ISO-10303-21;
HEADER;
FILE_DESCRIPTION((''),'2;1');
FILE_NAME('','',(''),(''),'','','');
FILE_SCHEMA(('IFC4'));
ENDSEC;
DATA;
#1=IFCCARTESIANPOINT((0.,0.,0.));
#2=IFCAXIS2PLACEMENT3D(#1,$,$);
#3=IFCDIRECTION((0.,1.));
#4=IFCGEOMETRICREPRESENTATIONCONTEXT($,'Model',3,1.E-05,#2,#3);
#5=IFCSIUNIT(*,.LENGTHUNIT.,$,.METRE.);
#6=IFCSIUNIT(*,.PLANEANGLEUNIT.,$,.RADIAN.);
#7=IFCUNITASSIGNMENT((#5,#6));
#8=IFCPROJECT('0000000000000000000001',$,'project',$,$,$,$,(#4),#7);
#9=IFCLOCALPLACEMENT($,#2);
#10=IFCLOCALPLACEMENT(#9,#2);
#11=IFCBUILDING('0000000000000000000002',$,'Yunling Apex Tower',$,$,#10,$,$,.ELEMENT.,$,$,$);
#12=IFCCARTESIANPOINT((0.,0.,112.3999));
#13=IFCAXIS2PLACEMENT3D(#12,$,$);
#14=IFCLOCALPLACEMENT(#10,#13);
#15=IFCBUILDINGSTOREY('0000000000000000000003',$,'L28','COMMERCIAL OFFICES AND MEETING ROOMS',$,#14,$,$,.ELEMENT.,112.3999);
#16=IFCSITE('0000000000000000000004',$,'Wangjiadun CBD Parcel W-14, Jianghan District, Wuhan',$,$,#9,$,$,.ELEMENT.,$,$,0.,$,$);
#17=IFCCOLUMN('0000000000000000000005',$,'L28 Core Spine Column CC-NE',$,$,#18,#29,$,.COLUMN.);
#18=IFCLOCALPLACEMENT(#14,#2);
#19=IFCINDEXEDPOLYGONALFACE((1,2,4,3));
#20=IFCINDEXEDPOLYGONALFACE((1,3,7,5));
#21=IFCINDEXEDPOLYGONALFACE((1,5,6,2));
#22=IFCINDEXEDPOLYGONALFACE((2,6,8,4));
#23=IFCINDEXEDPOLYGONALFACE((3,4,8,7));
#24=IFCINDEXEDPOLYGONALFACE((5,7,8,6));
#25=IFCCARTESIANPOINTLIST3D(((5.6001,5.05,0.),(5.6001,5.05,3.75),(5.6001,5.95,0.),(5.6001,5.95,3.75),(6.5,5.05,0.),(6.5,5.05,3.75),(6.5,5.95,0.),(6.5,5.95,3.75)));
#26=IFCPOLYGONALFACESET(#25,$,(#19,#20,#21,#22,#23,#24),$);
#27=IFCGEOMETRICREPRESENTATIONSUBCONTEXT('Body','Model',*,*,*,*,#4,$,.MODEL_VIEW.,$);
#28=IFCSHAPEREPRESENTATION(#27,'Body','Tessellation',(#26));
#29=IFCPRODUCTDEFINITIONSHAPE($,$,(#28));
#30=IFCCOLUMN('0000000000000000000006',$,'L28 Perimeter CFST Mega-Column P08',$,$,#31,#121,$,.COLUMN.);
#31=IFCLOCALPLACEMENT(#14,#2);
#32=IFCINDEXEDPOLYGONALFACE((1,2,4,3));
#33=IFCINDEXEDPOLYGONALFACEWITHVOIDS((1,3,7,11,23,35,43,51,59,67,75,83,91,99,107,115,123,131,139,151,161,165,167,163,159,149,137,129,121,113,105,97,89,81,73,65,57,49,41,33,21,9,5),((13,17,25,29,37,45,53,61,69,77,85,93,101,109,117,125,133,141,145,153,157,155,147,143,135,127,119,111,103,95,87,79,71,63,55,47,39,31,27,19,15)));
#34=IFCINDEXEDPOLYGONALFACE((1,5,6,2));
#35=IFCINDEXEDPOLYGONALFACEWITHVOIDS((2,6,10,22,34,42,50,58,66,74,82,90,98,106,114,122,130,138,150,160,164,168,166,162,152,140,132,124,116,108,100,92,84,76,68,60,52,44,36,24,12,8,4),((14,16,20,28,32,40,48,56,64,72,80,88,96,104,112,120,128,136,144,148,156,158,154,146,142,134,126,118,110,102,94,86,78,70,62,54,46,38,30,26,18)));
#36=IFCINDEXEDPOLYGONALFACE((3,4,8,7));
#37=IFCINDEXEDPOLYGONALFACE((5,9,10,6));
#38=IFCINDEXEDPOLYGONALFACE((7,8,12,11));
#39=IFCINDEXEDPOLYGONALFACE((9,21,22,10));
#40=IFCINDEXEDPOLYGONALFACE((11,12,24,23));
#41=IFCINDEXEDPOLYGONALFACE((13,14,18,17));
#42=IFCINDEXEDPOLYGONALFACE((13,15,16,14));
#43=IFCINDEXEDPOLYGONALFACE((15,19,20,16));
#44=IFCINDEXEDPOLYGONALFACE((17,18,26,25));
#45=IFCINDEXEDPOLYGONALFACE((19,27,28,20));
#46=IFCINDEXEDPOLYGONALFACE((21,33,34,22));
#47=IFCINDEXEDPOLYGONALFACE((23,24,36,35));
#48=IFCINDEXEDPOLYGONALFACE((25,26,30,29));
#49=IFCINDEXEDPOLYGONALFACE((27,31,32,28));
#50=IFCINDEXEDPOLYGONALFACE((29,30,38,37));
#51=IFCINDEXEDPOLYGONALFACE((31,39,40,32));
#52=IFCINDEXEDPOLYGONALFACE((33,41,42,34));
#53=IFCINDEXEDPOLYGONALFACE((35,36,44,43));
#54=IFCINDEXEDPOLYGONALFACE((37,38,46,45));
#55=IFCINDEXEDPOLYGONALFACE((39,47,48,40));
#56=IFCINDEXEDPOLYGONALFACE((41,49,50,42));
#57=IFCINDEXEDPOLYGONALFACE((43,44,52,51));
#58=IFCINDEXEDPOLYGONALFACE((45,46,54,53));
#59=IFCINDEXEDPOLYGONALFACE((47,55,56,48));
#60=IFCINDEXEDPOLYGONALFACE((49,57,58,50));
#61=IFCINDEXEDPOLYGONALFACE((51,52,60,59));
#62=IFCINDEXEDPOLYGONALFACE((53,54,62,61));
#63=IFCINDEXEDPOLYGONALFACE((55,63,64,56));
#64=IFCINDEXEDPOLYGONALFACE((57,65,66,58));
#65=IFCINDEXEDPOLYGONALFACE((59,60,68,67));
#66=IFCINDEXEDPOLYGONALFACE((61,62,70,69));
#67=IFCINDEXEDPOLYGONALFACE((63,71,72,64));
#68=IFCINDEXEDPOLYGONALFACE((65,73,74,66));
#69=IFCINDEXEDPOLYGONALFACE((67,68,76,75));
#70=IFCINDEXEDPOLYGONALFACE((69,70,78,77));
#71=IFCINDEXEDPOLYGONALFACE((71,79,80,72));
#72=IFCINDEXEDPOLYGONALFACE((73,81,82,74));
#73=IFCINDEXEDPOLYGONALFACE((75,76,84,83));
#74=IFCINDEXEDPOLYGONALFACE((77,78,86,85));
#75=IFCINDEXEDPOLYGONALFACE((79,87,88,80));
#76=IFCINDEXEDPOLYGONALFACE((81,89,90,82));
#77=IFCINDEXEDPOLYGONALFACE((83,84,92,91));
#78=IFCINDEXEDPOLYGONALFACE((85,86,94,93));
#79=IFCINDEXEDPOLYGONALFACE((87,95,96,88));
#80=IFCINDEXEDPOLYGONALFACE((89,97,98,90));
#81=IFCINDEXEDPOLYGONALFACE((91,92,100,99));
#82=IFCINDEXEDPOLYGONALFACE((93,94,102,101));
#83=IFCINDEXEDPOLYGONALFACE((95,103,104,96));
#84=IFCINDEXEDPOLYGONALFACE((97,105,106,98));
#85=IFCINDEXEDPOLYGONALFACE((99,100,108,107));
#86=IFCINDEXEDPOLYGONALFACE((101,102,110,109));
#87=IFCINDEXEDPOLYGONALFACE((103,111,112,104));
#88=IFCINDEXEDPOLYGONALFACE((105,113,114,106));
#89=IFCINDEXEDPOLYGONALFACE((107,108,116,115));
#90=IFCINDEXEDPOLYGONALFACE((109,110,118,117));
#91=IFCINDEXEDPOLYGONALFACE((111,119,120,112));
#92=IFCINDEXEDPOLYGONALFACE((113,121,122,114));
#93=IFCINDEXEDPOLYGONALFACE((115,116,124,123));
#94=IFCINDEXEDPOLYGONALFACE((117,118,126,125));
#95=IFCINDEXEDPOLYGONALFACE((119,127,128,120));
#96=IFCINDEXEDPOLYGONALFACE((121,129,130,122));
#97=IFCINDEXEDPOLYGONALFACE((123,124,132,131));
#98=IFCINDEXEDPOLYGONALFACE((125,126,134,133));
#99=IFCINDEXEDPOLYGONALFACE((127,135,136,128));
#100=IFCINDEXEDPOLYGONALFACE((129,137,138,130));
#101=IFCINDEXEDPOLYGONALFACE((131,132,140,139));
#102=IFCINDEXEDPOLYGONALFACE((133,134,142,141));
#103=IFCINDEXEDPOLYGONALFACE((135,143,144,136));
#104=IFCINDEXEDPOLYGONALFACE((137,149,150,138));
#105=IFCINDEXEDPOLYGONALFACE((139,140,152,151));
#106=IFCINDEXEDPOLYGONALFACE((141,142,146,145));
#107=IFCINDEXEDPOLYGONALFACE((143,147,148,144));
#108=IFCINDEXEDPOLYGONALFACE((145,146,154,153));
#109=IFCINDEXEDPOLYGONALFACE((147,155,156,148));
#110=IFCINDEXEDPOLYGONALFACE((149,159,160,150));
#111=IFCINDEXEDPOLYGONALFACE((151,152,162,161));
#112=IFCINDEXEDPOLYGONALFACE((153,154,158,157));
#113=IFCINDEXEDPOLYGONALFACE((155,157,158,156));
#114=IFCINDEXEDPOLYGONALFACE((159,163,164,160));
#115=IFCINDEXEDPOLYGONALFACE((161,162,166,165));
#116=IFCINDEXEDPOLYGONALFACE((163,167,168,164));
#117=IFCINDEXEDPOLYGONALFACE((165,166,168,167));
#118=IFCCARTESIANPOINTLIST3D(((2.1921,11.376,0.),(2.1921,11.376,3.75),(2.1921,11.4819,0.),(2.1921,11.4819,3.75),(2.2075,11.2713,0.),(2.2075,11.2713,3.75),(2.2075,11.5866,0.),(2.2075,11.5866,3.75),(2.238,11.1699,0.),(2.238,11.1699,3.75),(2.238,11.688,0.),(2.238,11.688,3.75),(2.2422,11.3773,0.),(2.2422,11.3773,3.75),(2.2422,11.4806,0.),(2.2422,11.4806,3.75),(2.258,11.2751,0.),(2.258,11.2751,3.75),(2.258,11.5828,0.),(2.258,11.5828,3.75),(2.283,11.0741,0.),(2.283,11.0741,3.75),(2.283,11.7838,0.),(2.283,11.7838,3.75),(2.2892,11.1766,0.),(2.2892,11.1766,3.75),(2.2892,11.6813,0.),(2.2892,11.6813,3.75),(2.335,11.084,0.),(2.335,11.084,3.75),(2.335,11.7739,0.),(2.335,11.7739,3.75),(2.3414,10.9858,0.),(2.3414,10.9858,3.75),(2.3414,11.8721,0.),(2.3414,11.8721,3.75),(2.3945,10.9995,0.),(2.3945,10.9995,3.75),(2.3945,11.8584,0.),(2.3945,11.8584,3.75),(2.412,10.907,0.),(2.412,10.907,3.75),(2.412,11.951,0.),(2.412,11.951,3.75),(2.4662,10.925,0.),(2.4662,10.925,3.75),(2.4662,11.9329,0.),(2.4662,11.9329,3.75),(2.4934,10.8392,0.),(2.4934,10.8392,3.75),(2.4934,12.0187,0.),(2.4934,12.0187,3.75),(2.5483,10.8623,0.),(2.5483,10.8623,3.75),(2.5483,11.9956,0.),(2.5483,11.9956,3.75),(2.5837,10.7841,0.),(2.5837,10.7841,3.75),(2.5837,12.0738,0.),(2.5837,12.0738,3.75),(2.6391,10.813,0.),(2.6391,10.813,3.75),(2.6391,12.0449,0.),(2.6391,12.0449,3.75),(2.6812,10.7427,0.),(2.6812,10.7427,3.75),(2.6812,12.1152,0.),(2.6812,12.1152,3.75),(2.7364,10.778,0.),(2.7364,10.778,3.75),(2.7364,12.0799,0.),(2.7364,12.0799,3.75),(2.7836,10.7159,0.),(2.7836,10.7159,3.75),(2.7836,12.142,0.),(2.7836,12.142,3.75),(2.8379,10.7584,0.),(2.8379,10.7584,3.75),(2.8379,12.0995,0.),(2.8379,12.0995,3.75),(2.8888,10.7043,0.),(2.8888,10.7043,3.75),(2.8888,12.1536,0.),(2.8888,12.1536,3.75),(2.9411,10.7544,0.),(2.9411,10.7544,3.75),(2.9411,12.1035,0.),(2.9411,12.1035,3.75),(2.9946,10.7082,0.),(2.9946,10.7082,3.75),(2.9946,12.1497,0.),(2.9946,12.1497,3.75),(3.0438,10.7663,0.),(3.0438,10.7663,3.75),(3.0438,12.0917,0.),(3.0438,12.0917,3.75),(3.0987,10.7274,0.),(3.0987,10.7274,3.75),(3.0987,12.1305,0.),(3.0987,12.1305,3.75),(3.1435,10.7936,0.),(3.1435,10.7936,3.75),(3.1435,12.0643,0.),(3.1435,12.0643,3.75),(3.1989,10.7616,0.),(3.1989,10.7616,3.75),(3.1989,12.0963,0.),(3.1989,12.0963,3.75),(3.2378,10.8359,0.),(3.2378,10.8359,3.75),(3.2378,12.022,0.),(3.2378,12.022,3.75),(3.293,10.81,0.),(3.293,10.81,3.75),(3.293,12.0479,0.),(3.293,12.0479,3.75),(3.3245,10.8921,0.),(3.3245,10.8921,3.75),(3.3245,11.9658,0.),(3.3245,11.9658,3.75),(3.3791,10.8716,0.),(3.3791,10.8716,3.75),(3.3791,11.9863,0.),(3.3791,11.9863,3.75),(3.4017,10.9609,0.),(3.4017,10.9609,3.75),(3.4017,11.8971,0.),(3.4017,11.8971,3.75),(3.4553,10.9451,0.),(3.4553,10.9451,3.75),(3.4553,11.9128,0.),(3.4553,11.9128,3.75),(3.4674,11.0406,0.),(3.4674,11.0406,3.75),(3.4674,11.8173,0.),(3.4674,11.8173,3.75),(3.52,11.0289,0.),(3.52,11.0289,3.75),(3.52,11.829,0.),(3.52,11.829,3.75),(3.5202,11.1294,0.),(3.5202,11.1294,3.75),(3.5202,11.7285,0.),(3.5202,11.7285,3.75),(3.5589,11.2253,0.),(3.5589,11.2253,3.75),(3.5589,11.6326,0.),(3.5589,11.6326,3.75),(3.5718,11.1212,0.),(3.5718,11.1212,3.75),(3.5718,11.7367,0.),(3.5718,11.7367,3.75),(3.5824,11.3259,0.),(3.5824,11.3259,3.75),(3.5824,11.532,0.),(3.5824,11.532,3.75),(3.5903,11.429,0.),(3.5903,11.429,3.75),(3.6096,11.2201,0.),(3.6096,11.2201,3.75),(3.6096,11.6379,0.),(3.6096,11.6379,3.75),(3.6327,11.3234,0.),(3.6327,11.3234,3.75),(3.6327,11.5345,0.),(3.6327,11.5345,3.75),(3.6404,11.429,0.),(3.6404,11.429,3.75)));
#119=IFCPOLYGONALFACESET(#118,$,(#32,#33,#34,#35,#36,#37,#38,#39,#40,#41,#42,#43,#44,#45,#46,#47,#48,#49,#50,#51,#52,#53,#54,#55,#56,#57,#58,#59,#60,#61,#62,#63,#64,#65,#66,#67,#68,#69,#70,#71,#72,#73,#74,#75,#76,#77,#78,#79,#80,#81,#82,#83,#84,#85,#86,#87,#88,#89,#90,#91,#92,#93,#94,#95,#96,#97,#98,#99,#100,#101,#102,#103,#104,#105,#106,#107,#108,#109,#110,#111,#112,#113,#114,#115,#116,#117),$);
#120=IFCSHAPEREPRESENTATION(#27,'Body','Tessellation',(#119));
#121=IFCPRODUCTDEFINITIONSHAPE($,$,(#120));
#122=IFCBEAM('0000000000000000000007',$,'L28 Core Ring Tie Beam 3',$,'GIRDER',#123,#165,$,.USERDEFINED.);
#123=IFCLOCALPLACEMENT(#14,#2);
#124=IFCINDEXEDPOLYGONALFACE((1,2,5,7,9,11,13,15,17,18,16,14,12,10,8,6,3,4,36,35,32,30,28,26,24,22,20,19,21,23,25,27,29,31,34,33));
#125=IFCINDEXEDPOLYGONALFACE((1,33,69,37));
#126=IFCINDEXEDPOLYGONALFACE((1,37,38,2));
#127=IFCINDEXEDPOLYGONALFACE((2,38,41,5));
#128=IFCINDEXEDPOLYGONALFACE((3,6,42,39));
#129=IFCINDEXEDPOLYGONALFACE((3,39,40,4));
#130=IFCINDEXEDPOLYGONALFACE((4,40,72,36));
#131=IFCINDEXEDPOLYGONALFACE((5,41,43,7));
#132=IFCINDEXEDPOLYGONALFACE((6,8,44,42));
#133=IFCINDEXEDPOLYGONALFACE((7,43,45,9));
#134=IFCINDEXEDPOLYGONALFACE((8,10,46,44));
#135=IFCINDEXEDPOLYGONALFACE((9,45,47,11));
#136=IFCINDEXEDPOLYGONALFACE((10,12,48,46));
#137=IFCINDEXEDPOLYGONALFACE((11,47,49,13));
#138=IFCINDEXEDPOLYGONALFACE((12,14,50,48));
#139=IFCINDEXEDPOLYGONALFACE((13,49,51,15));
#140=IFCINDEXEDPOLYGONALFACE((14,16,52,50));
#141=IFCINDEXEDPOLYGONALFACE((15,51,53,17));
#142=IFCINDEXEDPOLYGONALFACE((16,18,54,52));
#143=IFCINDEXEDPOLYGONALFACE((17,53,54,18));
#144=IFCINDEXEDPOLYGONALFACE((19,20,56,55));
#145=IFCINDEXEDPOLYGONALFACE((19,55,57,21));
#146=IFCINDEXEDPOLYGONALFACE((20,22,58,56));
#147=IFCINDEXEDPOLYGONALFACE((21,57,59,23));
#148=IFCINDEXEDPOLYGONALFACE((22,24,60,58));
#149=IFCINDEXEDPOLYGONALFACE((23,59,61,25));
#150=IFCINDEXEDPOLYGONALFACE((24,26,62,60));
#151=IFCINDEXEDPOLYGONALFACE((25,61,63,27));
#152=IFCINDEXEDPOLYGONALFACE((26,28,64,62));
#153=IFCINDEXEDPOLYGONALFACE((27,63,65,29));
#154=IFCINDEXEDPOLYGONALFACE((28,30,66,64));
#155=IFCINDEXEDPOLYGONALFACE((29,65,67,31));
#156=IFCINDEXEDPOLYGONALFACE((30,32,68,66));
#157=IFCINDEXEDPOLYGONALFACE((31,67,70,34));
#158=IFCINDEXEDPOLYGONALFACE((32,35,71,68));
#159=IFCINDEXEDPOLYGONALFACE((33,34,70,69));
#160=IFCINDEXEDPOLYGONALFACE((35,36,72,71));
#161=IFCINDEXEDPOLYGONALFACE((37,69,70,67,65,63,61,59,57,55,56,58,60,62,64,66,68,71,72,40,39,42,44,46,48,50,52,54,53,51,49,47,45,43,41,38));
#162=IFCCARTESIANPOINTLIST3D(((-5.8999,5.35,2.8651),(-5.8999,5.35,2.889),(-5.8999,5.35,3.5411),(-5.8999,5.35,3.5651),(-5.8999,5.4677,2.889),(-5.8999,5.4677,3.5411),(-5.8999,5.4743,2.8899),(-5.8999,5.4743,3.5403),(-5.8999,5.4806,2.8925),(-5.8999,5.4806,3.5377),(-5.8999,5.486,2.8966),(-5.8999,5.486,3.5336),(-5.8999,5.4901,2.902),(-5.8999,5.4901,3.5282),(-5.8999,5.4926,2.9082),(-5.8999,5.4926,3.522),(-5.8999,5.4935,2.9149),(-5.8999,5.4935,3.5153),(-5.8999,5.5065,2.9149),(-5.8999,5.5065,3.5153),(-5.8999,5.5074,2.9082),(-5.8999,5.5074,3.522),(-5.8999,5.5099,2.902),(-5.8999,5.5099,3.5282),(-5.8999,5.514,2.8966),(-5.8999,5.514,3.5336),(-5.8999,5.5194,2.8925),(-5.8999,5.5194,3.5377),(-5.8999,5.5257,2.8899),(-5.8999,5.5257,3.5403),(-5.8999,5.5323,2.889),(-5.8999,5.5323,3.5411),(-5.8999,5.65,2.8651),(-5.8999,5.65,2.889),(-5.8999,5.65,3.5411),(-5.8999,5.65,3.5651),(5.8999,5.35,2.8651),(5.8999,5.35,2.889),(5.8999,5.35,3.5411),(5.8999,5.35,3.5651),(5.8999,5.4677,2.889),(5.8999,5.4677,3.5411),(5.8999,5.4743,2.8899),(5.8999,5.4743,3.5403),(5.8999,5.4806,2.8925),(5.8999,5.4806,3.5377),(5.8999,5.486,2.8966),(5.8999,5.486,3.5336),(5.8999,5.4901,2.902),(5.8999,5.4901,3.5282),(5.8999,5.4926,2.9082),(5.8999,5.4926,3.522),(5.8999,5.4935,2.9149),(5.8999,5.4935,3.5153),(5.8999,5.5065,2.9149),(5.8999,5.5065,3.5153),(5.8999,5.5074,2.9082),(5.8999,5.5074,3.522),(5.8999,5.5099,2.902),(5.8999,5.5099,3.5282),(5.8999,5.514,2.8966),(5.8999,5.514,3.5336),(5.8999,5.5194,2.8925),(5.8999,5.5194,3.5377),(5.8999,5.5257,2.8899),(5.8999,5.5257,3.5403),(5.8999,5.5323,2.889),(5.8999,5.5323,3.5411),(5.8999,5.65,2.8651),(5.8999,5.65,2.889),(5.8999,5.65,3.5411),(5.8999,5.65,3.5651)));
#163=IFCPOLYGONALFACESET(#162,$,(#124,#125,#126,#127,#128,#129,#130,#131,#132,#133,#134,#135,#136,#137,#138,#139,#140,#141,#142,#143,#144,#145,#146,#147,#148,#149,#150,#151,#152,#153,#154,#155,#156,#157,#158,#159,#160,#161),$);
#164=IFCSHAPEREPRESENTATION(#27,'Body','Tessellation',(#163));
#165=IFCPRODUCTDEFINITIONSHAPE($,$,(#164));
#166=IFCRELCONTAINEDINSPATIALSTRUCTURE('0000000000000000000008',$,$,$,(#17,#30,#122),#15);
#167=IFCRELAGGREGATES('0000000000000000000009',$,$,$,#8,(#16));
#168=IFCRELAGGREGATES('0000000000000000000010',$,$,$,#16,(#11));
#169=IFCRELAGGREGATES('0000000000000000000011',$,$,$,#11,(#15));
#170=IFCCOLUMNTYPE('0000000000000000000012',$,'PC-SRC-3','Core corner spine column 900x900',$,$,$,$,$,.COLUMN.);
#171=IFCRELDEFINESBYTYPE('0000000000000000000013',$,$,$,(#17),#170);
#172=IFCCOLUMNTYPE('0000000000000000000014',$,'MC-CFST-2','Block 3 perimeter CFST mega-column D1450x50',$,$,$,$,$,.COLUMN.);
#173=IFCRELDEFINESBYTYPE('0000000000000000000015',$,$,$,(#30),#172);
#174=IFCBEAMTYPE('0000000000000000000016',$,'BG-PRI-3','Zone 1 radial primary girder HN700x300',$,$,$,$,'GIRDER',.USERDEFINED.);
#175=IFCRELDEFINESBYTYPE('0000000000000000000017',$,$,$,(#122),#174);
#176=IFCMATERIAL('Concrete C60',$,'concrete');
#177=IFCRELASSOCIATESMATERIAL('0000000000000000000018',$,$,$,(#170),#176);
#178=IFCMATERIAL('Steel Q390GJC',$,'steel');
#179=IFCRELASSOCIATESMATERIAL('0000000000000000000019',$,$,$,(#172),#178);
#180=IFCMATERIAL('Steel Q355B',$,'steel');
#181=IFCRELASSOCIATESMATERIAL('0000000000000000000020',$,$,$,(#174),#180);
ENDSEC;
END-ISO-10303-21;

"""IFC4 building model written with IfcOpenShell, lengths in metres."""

from ifc_helpers import new_model, si_unit, direction, frame, origin, origin_2d, place, context, subcontext, project, spatial, rectangle, hollow_circle, i_section, extrude, source, transform, mapped, material, material_profile, profile_set, type_object, element, save


model = new_model("IFC4")

# Units and contexts
model_context = context("Model", 3, precision=1e-05, world=origin(), true_north=direction((0.0, 1.0)))
body_context = subcontext(model_context, "Body", "Model", "MODEL_VIEW")
ifc_project = project(units=[si_unit("LENGTHUNIT", "METRE"), si_unit("PLANEANGLEUNIT", "RADIAN")], contexts=[model_context])

# Site, building, storey
site_placement = place(None, origin())
site = spatial("IfcSite", under=ifc_project, at=site_placement, Name="Wangjiadun CBD Parcel W-14, Jianghan District, Wuhan", CompositionType="ELEMENT", RefElevation=0.0)
building_placement = place(site_placement, origin())
building = spatial("IfcBuilding", under=site, at=building_placement, Name="Yunling Apex Tower", CompositionType="ELEMENT")
storey_placement = place(building_placement, frame((0.0, 0.0, 112.3999)))
storey = spatial("IfcBuildingStorey", under=building, at=storey_placement, Name="L28", Description="COMMERCIAL OFFICES AND MEETING ROOMS", CompositionType="ELEMENT", Elevation=112.3999)

# Columns
ifc_material_1 = material(Name="Concrete C60", Category="concrete")
ifc_material_profile_1 = material_profile(ifc_material_1, rectangle(XDim=0.8999, YDim=0.8999, at=origin_2d()))
ifc_profile_set_1 = profile_set([ifc_material_profile_1], Name="Concrete C60")
column_type_1 = type_object("IfcColumnType", Name="PC-SRC-3", Description="Core corner spine column 900x900", PredefinedType="COLUMN", material=ifc_profile_set_1)
shared_shape_1 = source(origin(), body_context, "Body", "SweptSolid", [
    extrude(rectangle(XDim=0.8999, YDim=0.8999, at=origin_2d()), origin(), (0.0, 0.0, 1.0), 3.75),
])
column_1_placement = place(storey_placement, frame((6.05, 5.5, 0.0), z_axis=(0.0, 0.0, 1.0), x_axis=(1.0, 0.0, 0.0)))
element("IfcColumn", 1, at=column_1_placement, inside=storey, type_object=column_type_1, Name="L28 Core Spine Column CC-NE", PredefinedType="COLUMN", context=body_context, shape_type="MappedRepresentation", body=[
    mapped(shared_shape_1, transform((0.0, 0.0, 0.0), scale=1.0)),
])
ifc_material_2 = material(Name="Steel Q390GJC", Category="steel")
ifc_material_profile_2 = material_profile(ifc_material_2, hollow_circle(Radius=0.7251, WallThickness=0.05, at=origin_2d()))
ifc_profile_set_2 = profile_set([ifc_material_profile_2], Name="Steel Q390GJC")
column_type_2 = type_object("IfcColumnType", Name="MC-CFST-2", Description="Block 3 perimeter CFST mega-column D1450x50", PredefinedType="COLUMN", material=ifc_profile_set_2)
shared_shape_2 = source(origin(), body_context, "Body", "SweptSolid", [
    extrude(hollow_circle(Radius=0.7251, WallThickness=0.05, at=origin_2d()), origin(), (0.0, 0.0, 1.0), 3.75),
])
column_2_placement = place(storey_placement, frame((2.9153, 11.429, 0.0), z_axis=(0.0, 0.0, 1.0), x_axis=(1.0, 0.0, 0.0)))
element("IfcColumn", 2, at=column_2_placement, inside=storey, type_object=column_type_2, Name="L28 Perimeter CFST Mega-Column P08", PredefinedType="COLUMN", context=body_context, shape_type="MappedRepresentation", body=[
    mapped(shared_shape_2, transform((0.0, 0.0, 0.0), scale=1.0)),
])

# Beam
ifc_material_3 = material(Name="Steel Q355B", Category="steel")
ifc_material_profile_3 = material_profile(ifc_material_3, i_section(OverallWidth=0.3, OverallDepth=0.7, WebThickness=0.0129, FlangeThickness=0.0239, FilletRadius=0.0259, at=origin_2d()))
ifc_profile_set_3 = profile_set([ifc_material_profile_3], Name="Steel Q355B")
beam_type_1 = type_object("IfcBeamType", Name="BG-PRI-3", Description="Zone 1 radial primary girder HN700x300", ElementType="GIRDER", PredefinedType="USERDEFINED", material=ifc_profile_set_3)
shared_shape_3 = source(origin(), body_context, "Body", "SweptSolid", [
    extrude(i_section(OverallWidth=0.3, OverallDepth=0.7, WebThickness=0.0129, FlangeThickness=0.0239, FilletRadius=0.0259, at=origin_2d()), origin(), (0.0, 0.0, 1.0), 11.7998),
])
beam_1_placement = place(storey_placement, frame((5.8999, 5.5, 3.2151), z_axis=(-1.0, 0.0, 0.0), x_axis=(0.0, -1.0, 0.0)))
element("IfcBeam", 3, at=beam_1_placement, inside=storey, type_object=beam_type_1, Name="L28 Core Ring Tie Beam 3", ObjectType="GIRDER", PredefinedType="USERDEFINED", context=body_context, shape_type="MappedRepresentation", body=[
    mapped(shared_shape_3, transform((0.0, 0.0, 0.0), scale=1.0)),
])

save(model, "model.ifc")
